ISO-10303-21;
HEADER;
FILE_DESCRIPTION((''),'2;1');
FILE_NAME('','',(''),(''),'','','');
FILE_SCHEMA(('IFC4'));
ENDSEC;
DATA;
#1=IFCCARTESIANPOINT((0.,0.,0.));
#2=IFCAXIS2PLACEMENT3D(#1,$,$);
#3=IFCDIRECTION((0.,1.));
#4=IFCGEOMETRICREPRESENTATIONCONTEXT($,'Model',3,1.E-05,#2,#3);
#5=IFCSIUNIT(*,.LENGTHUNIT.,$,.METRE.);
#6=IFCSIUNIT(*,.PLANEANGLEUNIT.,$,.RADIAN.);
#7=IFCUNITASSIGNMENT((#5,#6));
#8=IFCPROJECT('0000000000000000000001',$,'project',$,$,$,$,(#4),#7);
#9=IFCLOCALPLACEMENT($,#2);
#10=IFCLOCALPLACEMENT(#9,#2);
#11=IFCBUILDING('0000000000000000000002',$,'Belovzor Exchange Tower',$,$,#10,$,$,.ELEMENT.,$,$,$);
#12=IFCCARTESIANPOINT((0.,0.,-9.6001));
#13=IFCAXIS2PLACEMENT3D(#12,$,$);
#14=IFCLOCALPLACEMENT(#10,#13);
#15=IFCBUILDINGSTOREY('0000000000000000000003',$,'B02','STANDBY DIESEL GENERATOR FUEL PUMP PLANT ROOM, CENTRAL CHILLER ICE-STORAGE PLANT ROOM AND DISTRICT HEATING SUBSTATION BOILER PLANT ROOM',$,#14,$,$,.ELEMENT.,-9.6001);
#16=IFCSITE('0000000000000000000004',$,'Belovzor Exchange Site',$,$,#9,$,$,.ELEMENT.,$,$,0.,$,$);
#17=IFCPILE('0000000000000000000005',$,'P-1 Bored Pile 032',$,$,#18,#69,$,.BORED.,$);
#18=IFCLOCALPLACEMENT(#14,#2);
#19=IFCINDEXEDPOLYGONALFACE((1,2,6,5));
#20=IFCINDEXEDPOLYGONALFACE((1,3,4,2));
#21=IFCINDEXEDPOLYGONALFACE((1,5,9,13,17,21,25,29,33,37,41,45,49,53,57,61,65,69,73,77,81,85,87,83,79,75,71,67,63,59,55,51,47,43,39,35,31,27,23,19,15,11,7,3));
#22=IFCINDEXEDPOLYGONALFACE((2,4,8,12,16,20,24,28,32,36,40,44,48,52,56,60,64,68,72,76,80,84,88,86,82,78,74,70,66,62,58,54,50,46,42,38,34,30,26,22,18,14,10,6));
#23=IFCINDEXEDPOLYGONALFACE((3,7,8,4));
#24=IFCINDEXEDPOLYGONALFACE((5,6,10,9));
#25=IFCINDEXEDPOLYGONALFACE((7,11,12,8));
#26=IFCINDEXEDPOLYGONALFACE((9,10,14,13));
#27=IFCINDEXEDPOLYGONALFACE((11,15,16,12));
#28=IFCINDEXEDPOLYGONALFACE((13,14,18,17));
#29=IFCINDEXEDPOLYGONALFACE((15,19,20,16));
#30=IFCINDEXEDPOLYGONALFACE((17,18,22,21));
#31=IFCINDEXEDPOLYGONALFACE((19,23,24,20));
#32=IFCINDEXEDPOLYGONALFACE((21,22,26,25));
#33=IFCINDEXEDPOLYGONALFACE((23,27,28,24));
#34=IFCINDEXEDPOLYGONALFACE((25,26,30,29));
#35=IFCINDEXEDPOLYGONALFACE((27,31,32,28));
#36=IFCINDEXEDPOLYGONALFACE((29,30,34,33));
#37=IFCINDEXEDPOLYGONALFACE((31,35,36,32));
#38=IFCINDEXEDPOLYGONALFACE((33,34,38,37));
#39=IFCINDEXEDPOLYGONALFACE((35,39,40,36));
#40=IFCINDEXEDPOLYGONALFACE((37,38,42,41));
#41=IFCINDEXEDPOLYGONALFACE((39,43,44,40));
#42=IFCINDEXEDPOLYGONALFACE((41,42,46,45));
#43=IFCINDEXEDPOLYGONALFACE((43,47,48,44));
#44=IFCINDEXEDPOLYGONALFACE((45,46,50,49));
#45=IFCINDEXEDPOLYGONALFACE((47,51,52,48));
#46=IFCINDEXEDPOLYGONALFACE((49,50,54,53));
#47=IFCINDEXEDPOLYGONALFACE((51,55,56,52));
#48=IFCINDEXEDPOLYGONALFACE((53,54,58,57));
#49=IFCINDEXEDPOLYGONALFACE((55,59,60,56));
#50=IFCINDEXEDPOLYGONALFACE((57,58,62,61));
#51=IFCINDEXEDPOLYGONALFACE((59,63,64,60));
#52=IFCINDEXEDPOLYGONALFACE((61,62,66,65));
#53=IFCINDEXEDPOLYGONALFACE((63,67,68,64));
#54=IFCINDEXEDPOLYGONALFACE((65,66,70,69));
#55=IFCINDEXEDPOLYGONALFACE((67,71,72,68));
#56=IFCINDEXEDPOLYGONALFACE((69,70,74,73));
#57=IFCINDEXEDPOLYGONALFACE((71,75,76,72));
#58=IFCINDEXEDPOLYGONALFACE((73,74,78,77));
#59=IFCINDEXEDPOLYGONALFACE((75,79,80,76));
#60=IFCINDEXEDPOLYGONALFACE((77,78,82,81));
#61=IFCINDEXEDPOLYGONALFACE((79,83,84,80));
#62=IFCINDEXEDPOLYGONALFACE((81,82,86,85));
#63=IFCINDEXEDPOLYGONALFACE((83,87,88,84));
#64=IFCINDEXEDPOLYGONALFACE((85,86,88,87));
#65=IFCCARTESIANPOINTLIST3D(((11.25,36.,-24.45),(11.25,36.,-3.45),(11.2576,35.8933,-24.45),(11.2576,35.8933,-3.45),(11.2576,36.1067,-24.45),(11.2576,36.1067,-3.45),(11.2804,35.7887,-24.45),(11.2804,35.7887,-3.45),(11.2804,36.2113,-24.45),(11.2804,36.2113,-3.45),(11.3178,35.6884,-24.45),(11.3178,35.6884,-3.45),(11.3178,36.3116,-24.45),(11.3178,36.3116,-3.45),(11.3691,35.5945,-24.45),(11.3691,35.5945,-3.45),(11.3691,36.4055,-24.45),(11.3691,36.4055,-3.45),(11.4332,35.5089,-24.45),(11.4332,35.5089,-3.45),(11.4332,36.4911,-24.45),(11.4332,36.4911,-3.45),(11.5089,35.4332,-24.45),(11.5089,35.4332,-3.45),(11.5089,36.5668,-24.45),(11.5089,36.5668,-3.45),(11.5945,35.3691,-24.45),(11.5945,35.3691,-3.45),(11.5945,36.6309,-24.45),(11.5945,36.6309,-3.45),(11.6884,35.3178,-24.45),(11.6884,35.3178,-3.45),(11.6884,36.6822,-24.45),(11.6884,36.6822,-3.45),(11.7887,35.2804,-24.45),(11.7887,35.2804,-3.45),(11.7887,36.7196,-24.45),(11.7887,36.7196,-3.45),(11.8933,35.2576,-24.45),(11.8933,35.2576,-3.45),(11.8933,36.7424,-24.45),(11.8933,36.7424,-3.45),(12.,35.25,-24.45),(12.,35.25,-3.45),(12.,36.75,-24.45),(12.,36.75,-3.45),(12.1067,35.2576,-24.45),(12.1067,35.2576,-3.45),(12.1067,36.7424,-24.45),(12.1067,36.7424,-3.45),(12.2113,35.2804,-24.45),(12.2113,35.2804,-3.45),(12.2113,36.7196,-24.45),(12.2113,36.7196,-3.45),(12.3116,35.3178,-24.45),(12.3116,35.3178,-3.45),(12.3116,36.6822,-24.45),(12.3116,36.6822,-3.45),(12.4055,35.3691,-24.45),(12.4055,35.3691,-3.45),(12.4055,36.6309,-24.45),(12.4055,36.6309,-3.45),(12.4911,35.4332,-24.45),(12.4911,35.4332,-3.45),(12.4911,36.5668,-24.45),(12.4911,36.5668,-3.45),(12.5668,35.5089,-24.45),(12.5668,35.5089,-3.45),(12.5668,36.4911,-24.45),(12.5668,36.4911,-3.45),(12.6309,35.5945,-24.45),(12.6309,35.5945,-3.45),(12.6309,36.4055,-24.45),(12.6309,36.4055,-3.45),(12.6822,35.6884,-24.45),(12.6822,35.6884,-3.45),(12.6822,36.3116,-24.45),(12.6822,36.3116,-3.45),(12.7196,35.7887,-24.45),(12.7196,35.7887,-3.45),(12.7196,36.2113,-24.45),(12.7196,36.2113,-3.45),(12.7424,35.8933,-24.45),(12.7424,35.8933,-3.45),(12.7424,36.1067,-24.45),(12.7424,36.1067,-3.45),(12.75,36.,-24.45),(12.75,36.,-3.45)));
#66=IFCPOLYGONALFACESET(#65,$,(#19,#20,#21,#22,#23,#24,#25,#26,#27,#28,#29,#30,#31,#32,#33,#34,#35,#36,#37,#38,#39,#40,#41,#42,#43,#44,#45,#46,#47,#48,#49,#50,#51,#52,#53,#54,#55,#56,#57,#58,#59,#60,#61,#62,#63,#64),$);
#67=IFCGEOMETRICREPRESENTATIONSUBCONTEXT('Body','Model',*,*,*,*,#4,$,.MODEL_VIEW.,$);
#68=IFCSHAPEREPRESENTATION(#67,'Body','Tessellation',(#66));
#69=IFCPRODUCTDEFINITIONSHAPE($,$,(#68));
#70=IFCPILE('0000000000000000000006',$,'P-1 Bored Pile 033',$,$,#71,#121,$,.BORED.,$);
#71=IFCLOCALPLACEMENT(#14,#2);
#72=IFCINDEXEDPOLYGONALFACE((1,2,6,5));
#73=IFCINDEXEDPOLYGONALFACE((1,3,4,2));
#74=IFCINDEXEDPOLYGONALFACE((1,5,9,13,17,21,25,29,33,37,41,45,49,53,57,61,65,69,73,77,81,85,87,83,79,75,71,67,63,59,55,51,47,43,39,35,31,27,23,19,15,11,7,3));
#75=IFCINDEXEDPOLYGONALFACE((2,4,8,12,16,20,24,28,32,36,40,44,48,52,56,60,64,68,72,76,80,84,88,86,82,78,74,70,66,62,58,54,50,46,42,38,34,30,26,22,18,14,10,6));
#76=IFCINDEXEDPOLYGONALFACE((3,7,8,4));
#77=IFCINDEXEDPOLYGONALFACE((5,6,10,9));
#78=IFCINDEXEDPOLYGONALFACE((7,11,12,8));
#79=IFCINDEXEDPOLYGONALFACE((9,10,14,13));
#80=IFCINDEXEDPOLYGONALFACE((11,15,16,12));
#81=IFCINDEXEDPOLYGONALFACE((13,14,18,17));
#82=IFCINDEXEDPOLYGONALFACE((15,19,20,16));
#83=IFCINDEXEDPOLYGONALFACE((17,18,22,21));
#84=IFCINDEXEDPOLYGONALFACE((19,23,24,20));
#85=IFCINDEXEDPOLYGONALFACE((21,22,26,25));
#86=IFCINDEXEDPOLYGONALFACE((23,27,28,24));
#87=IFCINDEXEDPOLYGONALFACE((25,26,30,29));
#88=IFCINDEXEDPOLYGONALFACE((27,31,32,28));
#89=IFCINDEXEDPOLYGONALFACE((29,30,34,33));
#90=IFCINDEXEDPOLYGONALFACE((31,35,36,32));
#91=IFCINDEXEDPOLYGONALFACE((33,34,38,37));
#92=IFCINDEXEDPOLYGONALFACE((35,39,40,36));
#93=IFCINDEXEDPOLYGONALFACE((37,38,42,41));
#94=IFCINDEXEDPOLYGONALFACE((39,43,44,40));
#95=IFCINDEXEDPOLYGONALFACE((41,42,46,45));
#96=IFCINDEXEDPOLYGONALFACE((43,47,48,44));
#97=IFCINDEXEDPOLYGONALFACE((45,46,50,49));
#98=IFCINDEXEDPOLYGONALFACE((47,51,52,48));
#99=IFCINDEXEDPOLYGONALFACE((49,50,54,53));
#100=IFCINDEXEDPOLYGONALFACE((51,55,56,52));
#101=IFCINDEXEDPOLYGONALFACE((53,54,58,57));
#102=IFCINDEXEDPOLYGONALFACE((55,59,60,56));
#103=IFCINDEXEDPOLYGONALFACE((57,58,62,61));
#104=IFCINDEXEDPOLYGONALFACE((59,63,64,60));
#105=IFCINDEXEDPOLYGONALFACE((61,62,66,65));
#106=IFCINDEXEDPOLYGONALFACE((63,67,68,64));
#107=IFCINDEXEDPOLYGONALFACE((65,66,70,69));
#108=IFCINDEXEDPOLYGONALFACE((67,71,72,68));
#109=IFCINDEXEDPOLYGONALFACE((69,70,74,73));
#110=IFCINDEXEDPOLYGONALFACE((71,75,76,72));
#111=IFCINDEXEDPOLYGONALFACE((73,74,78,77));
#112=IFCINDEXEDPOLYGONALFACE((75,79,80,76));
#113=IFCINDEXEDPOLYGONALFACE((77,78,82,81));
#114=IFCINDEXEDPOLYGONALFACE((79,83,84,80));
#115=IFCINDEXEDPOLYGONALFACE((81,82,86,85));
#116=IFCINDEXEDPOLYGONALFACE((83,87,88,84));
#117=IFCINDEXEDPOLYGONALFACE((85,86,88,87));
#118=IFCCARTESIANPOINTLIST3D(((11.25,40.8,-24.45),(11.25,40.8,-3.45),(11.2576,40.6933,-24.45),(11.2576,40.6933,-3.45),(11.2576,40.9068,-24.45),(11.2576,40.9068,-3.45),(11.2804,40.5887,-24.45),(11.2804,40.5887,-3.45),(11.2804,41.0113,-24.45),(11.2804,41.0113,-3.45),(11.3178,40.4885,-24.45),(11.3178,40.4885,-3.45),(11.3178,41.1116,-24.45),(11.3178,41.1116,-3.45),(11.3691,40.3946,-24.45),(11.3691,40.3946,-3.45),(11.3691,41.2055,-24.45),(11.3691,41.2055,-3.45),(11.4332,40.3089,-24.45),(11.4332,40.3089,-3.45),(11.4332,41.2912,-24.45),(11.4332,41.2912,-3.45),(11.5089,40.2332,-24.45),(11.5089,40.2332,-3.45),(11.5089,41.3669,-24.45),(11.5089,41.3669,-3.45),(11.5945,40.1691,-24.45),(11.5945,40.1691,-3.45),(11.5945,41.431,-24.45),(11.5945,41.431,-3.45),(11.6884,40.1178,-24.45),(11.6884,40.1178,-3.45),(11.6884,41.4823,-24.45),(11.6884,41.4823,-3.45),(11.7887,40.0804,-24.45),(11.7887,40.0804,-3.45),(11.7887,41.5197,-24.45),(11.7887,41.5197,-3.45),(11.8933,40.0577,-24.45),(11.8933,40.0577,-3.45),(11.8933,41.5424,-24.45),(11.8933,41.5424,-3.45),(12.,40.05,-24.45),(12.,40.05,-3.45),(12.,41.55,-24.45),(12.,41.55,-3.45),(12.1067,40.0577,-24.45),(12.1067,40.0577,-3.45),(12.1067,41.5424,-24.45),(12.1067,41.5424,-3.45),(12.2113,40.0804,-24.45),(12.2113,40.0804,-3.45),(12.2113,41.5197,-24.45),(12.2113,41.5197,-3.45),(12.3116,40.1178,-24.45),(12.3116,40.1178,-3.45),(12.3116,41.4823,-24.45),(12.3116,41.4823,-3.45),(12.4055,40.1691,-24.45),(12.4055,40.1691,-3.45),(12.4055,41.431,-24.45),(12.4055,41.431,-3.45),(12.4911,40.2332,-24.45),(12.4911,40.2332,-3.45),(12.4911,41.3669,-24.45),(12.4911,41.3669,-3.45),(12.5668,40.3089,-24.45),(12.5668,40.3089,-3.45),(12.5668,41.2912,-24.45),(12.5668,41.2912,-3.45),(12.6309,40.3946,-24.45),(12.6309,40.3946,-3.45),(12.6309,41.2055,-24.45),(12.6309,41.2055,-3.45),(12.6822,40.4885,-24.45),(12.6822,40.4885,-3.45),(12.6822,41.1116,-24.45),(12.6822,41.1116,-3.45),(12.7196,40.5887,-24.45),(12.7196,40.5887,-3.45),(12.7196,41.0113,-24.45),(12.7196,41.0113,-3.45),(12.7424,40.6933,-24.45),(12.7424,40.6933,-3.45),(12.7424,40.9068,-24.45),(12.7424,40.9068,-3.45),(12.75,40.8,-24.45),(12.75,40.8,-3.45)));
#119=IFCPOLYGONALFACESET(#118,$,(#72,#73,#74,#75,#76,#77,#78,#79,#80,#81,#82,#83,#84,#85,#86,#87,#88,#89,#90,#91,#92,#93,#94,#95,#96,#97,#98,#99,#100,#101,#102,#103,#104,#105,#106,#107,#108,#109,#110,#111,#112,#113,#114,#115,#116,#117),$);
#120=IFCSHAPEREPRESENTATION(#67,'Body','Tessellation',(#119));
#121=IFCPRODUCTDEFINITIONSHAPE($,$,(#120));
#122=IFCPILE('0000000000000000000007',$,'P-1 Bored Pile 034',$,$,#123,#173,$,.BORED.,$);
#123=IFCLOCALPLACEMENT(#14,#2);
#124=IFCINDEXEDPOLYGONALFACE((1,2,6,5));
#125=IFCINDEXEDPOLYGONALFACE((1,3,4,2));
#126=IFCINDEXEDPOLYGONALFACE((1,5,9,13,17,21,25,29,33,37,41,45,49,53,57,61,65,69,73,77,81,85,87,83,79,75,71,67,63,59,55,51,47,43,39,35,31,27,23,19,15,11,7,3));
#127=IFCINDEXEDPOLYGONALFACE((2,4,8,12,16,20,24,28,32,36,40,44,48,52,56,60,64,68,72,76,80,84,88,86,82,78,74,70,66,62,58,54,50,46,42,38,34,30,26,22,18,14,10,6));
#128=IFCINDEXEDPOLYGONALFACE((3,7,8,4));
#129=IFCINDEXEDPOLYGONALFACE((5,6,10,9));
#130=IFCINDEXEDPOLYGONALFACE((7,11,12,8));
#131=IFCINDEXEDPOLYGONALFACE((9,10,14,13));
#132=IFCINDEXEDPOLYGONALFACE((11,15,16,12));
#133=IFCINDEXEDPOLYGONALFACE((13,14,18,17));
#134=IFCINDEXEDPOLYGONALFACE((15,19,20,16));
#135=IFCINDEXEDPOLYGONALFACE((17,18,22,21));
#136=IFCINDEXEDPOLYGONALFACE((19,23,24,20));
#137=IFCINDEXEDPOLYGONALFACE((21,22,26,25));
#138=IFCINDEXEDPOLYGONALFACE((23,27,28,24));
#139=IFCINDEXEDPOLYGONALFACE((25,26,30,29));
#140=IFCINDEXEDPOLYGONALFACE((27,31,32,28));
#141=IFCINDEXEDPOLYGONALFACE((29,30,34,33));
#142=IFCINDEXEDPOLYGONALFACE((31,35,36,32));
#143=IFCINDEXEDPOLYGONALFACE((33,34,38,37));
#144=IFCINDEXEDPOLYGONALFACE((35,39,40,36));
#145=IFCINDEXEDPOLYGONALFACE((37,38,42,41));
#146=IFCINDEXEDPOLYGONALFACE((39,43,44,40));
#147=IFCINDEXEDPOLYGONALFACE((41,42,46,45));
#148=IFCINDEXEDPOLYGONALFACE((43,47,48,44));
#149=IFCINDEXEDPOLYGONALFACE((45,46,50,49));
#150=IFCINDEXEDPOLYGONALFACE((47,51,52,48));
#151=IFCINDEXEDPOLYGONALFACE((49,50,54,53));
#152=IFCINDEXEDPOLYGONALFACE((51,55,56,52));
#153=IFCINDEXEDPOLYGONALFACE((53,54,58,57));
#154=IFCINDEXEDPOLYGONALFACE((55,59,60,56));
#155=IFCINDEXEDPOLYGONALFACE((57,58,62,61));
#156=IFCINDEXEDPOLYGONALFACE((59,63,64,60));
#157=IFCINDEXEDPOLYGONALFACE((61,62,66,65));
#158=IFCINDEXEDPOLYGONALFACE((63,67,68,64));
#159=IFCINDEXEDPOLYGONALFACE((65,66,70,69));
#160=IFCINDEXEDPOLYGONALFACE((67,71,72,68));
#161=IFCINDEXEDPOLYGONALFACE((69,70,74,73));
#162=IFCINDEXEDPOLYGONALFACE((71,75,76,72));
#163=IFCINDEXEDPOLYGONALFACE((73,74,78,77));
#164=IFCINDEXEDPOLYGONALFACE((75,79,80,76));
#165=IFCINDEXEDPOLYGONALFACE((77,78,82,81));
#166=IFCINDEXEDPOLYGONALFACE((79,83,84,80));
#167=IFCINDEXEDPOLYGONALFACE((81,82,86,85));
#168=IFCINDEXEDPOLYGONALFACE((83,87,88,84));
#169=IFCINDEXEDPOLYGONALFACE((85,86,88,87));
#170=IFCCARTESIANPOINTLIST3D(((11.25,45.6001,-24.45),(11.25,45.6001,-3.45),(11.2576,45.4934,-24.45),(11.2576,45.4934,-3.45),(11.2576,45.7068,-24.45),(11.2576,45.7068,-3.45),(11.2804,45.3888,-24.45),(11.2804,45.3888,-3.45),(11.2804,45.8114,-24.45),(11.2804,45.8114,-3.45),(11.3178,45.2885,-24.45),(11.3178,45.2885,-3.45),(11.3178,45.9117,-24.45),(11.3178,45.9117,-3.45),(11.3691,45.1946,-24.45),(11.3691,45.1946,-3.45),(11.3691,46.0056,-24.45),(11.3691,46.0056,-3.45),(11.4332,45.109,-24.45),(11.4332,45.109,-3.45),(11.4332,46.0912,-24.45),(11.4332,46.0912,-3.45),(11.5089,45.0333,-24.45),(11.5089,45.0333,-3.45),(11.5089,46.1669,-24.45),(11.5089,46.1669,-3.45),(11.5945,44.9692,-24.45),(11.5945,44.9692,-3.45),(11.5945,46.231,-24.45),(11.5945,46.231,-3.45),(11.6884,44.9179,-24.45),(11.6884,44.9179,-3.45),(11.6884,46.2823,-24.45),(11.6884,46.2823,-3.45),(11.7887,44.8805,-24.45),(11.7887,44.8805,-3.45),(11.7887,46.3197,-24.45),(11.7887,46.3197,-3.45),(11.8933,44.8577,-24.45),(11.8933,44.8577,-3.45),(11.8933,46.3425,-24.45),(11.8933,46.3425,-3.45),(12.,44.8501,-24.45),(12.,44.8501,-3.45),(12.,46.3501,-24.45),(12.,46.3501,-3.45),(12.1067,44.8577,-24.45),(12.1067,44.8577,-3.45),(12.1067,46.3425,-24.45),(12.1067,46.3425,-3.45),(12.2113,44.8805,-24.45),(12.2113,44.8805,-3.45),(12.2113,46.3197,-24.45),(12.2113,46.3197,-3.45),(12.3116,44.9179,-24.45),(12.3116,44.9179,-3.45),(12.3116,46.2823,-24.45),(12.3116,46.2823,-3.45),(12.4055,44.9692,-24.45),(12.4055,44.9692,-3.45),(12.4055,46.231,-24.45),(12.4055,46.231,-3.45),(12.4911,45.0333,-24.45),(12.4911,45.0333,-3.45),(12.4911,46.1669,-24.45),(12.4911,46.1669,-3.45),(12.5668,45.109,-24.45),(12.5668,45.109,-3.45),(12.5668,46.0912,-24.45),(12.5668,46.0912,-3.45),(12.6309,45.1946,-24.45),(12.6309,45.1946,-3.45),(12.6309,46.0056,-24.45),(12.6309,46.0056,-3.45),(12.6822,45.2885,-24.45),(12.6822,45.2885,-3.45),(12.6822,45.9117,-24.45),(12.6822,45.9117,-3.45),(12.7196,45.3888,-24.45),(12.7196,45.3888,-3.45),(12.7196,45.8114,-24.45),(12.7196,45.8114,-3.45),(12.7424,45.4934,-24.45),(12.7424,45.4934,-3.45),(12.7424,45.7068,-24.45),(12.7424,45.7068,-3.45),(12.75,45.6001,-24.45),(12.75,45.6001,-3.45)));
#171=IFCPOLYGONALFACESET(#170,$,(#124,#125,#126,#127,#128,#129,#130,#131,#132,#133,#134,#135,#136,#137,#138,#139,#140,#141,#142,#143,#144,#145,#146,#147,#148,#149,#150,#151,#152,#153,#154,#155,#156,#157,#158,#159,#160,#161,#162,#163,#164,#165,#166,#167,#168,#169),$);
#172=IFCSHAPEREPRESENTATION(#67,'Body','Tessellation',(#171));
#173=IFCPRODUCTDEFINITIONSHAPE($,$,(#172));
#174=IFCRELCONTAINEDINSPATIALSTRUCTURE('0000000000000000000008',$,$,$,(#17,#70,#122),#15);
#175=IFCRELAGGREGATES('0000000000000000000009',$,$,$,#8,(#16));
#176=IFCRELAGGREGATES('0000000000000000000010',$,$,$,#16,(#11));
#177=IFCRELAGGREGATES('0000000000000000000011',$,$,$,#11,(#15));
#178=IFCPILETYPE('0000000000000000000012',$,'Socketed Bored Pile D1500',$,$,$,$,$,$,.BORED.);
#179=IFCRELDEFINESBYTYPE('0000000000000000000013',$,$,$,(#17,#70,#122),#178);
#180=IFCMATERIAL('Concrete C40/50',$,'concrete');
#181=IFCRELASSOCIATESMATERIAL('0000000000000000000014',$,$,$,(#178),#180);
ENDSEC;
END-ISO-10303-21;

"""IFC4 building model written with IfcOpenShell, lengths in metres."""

from ifc_helpers import new_model, si_unit, direction, frame, origin, origin_2d, place, context, subcontext, project, spatial, circle, extrude, material, material_profile, profile_set, type_object, element, save


model = new_model("IFC4")

# Units and contexts
model_context = context("Model", 3, precision=1e-05, world=origin(), true_north=direction((0.0, 1.0)))
body_context = subcontext(model_context, "Body", "Model", "MODEL_VIEW")
ifc_project = project(units=[si_unit("LENGTHUNIT", "METRE"), si_unit("PLANEANGLEUNIT", "RADIAN")], contexts=[model_context])

# Site, building, storey
site_placement = place(None, origin())
site = spatial("IfcSite", under=ifc_project, at=site_placement, Name="Belovzor Exchange Site", CompositionType="ELEMENT", RefElevation=0.0)
building_placement = place(site_placement, origin())
building = spatial("IfcBuilding", under=site, at=building_placement, Name="Belovzor Exchange Tower", CompositionType="ELEMENT")
storey_placement = place(building_placement, frame((0.0, 0.0, -9.6001)))
storey = spatial("IfcBuildingStorey", under=building, at=storey_placement, Name="B02", Description="STANDBY DIESEL GENERATOR FUEL PUMP PLANT ROOM, CENTRAL CHILLER ICE-STORAGE PLANT ROOM AND DISTRICT HEATING SUBSTATION BOILER PLANT ROOM", CompositionType="ELEMENT", Elevation=-9.6001)

# Piles
ifc_material_1 = material(Name="Concrete C40/50", Category="concrete")
ifc_material_profile_1 = material_profile(ifc_material_1, circle(Radius=0.75, at=origin_2d()))
ifc_profile_set_1 = profile_set([ifc_material_profile_1], Name="Concrete C40/50")
pile_type_1 = type_object("IfcPileType", Name="Socketed Bored Pile D1500", PredefinedType="BORED", material=ifc_profile_set_1)
for number, where, z_axis, x_axis, name in (
    (1, (12.0, 36.0, -3.45), (0.0, 0.0, -1.0), (1.0, 0.0, 0.0), "P-1 Bored Pile 032"),
    (2, (12.0, 40.8, -3.45), (0.0, 0.0, -1.0), (1.0, 0.0, 0.0), "P-1 Bored Pile 033"),
    (3, (12.0, 45.6001, -3.45), (0.0, 0.0, -1.0), (1.0, 0.0, 0.0), "P-1 Bored Pile 034"),
):
    element("IfcPile", number, at=place(storey_placement, frame(where, z_axis=z_axis, x_axis=x_axis)), inside=storey, type_object=pile_type_1, Name=name, PredefinedType="BORED", context=body_context, shape_type="SweptSolid", body=[
        extrude(circle(Radius=0.75, at=origin_2d()), origin(), (0.0, 0.0, 1.0), 21.0),
    ])

save(model, "model.ifc")
